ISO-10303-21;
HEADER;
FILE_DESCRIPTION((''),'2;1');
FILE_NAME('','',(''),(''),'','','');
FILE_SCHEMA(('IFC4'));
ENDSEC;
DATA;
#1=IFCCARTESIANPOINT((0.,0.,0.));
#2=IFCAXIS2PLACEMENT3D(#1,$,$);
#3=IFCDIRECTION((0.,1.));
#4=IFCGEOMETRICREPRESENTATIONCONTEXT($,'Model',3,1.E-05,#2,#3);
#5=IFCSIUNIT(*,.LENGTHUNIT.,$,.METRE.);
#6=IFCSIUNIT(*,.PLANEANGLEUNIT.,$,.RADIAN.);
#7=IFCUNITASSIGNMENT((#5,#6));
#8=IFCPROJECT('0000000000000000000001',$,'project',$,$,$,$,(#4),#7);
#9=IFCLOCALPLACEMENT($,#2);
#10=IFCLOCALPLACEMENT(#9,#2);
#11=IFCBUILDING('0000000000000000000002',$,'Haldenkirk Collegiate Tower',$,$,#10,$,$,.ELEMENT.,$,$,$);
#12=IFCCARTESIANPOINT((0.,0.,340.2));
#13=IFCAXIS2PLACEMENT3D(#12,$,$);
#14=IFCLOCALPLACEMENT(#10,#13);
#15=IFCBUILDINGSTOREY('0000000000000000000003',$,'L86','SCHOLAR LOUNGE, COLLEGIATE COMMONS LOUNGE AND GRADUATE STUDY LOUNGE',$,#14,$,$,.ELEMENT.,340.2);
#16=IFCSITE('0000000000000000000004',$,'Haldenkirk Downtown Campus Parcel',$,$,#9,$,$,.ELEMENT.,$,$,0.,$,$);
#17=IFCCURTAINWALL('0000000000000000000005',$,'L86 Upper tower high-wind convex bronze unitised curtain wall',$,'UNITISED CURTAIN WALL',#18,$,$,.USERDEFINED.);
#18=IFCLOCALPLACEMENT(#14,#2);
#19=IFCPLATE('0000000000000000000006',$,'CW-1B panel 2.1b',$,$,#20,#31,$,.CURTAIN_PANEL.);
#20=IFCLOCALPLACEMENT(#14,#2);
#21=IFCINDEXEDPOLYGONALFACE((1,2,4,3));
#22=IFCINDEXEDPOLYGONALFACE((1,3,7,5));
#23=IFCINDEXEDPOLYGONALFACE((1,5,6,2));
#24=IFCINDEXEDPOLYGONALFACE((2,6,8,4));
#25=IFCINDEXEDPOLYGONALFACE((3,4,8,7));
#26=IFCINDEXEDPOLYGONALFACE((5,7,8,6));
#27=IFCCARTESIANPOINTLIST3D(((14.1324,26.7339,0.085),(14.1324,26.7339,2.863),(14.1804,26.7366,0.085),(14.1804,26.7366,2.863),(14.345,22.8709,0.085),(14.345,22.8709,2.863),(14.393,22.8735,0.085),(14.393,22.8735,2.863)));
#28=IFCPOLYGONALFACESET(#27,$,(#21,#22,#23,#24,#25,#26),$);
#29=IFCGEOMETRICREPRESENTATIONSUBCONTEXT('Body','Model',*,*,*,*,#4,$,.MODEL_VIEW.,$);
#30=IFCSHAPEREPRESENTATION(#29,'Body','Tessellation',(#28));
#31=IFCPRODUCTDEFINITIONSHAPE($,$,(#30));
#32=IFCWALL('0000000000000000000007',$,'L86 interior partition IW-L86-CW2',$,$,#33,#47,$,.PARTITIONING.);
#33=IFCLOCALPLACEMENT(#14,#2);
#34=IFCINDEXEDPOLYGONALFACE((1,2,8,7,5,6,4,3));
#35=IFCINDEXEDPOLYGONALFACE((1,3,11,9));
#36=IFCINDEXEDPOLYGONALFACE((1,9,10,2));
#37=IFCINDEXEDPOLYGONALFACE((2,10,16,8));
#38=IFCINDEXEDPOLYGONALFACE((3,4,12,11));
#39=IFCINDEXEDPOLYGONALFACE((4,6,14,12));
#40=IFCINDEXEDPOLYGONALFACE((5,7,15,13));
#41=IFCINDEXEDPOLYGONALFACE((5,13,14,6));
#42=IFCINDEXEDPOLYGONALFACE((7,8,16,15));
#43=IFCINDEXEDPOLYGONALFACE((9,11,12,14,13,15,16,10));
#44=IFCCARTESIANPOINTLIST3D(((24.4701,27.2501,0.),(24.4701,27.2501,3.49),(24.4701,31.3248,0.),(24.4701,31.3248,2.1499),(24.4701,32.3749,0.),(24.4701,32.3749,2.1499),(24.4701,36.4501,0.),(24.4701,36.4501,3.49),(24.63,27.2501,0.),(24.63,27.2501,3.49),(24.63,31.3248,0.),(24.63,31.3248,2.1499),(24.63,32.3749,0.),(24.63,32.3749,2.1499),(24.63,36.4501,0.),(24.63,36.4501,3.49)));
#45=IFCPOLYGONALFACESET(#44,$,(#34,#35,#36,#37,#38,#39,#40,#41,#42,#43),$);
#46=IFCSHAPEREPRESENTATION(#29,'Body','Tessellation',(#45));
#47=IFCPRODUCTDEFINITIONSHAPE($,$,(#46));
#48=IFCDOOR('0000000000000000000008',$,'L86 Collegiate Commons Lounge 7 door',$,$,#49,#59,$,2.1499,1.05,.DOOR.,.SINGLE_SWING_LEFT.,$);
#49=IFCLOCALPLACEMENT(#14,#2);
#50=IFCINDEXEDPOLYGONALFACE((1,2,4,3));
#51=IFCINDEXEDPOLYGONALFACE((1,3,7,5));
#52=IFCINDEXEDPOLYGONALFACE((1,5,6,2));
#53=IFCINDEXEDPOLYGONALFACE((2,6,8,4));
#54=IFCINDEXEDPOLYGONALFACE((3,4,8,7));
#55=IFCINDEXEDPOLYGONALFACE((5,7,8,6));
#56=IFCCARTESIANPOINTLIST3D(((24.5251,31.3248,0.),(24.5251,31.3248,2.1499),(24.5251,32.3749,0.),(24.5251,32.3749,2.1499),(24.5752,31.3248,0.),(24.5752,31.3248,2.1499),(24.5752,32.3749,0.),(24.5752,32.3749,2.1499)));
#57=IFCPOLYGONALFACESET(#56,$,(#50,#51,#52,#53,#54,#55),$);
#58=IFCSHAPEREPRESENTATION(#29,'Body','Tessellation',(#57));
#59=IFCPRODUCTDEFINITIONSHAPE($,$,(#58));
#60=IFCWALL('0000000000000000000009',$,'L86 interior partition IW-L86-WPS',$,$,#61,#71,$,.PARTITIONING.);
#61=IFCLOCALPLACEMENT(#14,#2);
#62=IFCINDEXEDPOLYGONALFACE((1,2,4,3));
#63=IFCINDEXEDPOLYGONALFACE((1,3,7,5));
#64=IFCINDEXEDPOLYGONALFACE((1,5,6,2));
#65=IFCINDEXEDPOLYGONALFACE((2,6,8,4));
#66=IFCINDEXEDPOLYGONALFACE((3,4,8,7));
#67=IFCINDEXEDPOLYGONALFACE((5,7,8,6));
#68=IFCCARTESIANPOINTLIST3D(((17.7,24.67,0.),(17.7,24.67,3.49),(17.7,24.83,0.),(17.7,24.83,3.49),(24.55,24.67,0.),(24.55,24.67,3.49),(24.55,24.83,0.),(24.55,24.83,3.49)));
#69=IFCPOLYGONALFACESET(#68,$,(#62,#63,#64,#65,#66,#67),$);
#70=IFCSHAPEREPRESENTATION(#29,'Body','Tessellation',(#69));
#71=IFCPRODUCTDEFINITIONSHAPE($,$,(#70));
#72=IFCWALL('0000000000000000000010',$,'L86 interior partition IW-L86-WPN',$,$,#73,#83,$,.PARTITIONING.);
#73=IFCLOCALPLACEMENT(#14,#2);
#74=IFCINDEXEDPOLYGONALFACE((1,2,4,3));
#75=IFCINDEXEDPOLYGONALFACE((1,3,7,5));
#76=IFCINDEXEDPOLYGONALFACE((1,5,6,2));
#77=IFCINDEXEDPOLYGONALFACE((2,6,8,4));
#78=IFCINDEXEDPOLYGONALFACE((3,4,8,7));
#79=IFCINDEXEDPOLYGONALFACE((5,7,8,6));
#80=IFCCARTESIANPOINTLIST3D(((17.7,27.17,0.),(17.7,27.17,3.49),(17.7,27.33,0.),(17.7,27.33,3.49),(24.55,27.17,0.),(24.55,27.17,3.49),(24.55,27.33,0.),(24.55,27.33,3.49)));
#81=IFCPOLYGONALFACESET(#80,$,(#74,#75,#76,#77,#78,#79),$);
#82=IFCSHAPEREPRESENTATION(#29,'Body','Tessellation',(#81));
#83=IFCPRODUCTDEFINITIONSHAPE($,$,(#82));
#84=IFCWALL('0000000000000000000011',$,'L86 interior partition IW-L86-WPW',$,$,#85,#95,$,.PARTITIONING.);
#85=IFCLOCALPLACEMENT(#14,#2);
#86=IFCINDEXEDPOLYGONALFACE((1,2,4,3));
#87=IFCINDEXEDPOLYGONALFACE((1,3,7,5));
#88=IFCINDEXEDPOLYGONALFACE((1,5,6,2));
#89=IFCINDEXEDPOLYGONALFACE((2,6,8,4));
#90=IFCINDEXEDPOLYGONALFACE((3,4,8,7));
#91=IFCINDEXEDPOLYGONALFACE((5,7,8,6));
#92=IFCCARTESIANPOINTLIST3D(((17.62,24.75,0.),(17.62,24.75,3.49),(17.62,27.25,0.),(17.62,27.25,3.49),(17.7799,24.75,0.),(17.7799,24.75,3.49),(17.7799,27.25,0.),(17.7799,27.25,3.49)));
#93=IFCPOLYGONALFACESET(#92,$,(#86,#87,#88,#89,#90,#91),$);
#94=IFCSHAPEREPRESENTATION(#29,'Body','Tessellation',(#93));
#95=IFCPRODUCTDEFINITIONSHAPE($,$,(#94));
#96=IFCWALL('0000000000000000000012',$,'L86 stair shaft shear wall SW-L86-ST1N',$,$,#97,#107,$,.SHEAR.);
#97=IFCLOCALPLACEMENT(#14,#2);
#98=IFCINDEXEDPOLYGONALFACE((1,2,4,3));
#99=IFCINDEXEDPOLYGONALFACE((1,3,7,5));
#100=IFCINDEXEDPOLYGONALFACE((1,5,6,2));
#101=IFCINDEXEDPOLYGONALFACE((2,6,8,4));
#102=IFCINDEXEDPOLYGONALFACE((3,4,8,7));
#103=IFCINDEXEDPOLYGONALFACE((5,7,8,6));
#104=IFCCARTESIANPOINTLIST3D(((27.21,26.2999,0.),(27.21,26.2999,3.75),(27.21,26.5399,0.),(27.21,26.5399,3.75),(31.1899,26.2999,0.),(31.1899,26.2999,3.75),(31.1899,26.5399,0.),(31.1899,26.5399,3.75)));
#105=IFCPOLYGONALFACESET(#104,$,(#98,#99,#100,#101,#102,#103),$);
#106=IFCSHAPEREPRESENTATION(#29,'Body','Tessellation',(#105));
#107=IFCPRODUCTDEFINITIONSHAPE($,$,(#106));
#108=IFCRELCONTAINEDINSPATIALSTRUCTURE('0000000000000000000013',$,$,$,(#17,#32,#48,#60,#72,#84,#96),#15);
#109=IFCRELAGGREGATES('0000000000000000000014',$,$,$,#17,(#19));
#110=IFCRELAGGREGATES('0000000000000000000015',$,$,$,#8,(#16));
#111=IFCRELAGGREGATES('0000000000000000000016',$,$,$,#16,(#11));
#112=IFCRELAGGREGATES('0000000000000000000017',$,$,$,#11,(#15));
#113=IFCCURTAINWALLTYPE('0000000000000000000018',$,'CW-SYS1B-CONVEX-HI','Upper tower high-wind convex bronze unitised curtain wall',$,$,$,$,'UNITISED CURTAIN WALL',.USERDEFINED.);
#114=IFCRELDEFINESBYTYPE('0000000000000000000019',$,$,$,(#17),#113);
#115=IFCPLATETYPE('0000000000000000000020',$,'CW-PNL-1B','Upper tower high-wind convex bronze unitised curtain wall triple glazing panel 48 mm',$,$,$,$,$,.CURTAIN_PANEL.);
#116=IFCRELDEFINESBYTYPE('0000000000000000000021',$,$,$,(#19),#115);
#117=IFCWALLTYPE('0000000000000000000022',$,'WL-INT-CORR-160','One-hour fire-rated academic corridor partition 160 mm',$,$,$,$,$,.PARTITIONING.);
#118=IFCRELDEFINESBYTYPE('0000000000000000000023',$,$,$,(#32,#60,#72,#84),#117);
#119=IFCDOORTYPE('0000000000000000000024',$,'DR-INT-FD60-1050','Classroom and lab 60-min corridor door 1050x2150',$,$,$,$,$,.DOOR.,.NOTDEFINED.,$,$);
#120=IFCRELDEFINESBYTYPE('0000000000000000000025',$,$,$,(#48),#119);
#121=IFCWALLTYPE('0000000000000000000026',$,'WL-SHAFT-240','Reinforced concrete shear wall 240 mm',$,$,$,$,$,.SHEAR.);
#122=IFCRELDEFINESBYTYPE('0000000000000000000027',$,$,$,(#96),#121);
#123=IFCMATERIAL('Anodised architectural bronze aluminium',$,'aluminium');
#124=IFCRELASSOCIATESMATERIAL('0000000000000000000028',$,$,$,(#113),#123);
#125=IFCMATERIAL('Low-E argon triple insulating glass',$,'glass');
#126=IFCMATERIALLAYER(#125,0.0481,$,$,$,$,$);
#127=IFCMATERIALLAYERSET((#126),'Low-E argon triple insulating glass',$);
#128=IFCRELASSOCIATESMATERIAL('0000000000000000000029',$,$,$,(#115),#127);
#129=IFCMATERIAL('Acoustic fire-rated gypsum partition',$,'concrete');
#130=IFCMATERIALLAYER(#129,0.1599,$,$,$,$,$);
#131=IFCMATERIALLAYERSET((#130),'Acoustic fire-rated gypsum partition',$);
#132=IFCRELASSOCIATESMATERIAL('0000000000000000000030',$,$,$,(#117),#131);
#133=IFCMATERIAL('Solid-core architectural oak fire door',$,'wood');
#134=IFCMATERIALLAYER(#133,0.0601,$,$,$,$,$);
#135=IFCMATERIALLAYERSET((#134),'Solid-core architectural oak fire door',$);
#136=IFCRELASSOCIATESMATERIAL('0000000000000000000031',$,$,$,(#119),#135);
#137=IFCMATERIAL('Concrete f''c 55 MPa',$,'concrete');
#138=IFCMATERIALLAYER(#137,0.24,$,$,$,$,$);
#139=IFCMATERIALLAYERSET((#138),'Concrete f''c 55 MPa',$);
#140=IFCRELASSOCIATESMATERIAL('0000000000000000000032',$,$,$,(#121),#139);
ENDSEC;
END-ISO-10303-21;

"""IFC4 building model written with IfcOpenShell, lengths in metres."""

from ifc_helpers import new_model, si_unit, direction, frame, frame_2d, origin, origin_2d, place, context, subcontext, project, spatial, rectangle, extrude, source, transform, mapped, material, layer, layer_set, type_object, element, fill, aggregate, save


model = new_model("IFC4")

# Units and contexts
model_context = context("Model", 3, precision=1e-05, world=origin(), true_north=direction((0.0, 1.0)))
body_context = subcontext(model_context, "Body", "Model", "MODEL_VIEW")
ifc_project = project(units=[si_unit("LENGTHUNIT", "METRE"), si_unit("PLANEANGLEUNIT", "RADIAN")], contexts=[model_context])

# Site, building, storey
site_placement = place(None, origin())
site = spatial("IfcSite", under=ifc_project, at=site_placement, Name="Haldenkirk Downtown Campus Parcel", CompositionType="ELEMENT", RefElevation=0.0)
building_placement = place(site_placement, origin())
building = spatial("IfcBuilding", under=site, at=building_placement, Name="Haldenkirk Collegiate Tower", CompositionType="ELEMENT")
storey_placement = place(building_placement, frame((0.0, 0.0, 340.2)))
storey = spatial("IfcBuildingStorey", under=building, at=storey_placement, Name="L86", Description="SCHOLAR LOUNGE, COLLEGIATE COMMONS LOUNGE AND GRADUATE STUDY LOUNGE", CompositionType="ELEMENT", Elevation=340.2)

# Curtain wall, plate
ifc_material_1 = material(Name="Anodised architectural bronze aluminium", Category="aluminium")
curtain_wall_type = type_object("IfcCurtainWallType", Name="CW-SYS1B-CONVEX-HI", Description="Upper tower high-wind convex bronze unitised curtain wall", ElementType="UNITISED CURTAIN WALL", PredefinedType="USERDEFINED", material=ifc_material_1)
curtain_wall_placement = place(storey_placement, origin())
curtain_wall = element("IfcCurtainWall", 1, at=curtain_wall_placement, inside=storey, type_object=curtain_wall_type, Name="L86 Upper tower high-wind convex bronze unitised curtain wall", ObjectType="UNITISED CURTAIN WALL", PredefinedType="USERDEFINED")
ifc_material_2 = material(Name="Low-E argon triple insulating glass", Category="glass")
ifc_layer_1 = layer(ifc_material_2, 0.0481)
ifc_layer_set_1 = layer_set([ifc_layer_1], Name="Low-E argon triple insulating glass")
plate_type_1 = type_object("IfcPlateType", Name="CW-PNL-1B", Description="Upper tower high-wind convex bronze unitised curtain wall triple glazing panel 48 mm", PredefinedType="CURTAIN_PANEL", material=ifc_layer_set_1)
shared_shape_1 = source(origin(), body_context, "Body", "SweptSolid", [
    extrude(rectangle(XDim=3.8689, YDim=0.0481, at=origin_2d()), origin(), (0.0, 0.0, 1.0), 2.7781),
])
plate_1_placement = place(storey_placement, frame((14.2627, 24.8037, 0.085), z_axis=(0.0, 0.0, 1.0), x_axis=(-0.054949, 0.998489, 0.0)))
plate_1 = element("IfcPlate", 2, at=plate_1_placement, type_object=plate_type_1, Name="CW-1B panel 2.1b", PredefinedType="CURTAIN_PANEL", context=body_context, shape_type="MappedRepresentation", body=[
    mapped(shared_shape_1, transform((0.0, 0.0, 0.0), x_axis=(1.0, 0.0, 0.0), y_axis=(0.0, 1.0, 0.0), z_axis=(0.0, 0.0, 1.0), scale=1.0)),
])
aggregate(curtain_wall, [plate_1])

# Shared definitions
ifc_material_3 = material(Name="Acoustic fire-rated gypsum partition", Category="concrete")
ifc_layer_2 = layer(ifc_material_3, 0.1599)
ifc_layer_set_2 = layer_set([ifc_layer_2], Name="Acoustic fire-rated gypsum partition")
wall_type_1 = type_object("IfcWallType", Name="WL-INT-CORR-160", Description="One-hour fire-rated academic corridor partition 160 mm", PredefinedType="PARTITIONING", material=ifc_layer_set_2)
ifc_material_4 = material(Name="Solid-core architectural oak fire door", Category="wood")

# Wall, opening, door
wall_1_placement = place(storey_placement, frame((24.55, 27.25, 0.0), z_axis=(0.0, 0.0, 1.0), x_axis=(0.0, 1.0, 0.0)))
wall_1 = element("IfcWall", 3, at=wall_1_placement, inside=storey, type_object=wall_type_1, Name="L86 interior partition IW-L86-CW2", PredefinedType="PARTITIONING", context=body_context, shape_type="SweptSolid", body=[
    extrude(rectangle(XDim=9.2, YDim=0.1599, at=frame_2d((4.6001, 0.0))), origin(), (0.0, 0.0, 1.0), 3.49),
])
opening_1_placement = place(wall_1_placement, frame((4.075, 0.0, 0.0)))
opening_1 = element("IfcOpeningElement", 4, at=opening_1_placement, cuts=wall_1, PredefinedType="OPENING", context=body_context, shape_type="SweptSolid", body=[
    extrude(rectangle(XDim=1.05, YDim=2.1499, at=frame_2d((0.5249, 1.075))), frame((0.0, 0.0898, 0.0), z_axis=(0.0, -1.0, 0.0), x_axis=(1.0, 0.0, 0.0)), (0.0, 0.0, 1.0), 0.1799),
])
ifc_layer_3 = layer(ifc_material_4, 0.0601)
ifc_layer_set_3 = layer_set([ifc_layer_3], Name="Solid-core architectural oak fire door")
door_type_1 = type_object("IfcDoorType", Name="DR-INT-FD60-1050", Description="Classroom and lab 60-min corridor door 1050x2150", OperationType="NOTDEFINED", PredefinedType="DOOR", material=ifc_layer_set_3)
door_1_placement = place(opening_1_placement, origin())
door_1 = element("IfcDoor", 5, at=door_1_placement, inside=storey, type_object=door_type_1, Name="L86 Collegiate Commons Lounge 7 door", OperationType="SINGLE_SWING_LEFT", OverallHeight=2.1499, OverallWidth=1.05, PredefinedType="DOOR", context=body_context, shape_type="SweptSolid", body=[
    extrude(rectangle(XDim=1.05, YDim=2.1499, at=frame_2d((0.5249, 1.075))), frame((0.0, 0.0249, 0.0), z_axis=(0.0, -1.0, 0.0), x_axis=(1.0, 0.0, 0.0)), (0.0, 0.0, 1.0), 0.05),
])
fill(opening_1, door_1)

# Walls
for number, where, z_axis, x_axis, name in (
    (6, (17.7, 24.75, 0.0), (0.0, 0.0, 1.0), (1.0, 0.0, 0.0), "L86 interior partition IW-L86-WPS"),
    (7, (17.7, 27.25, 0.0), (0.0, 0.0, 1.0), (1.0, 0.0, 0.0), "L86 interior partition IW-L86-WPN"),
):
    element("IfcWall", number, at=place(storey_placement, frame(where, z_axis=z_axis, x_axis=x_axis)), inside=storey, type_object=wall_type_1, Name=name, PredefinedType="PARTITIONING", context=body_context, shape_type="SweptSolid", body=[
        extrude(rectangle(XDim=6.8501, YDim=0.1599, at=frame_2d((3.425, 0.0))), origin(), (0.0, 0.0, 1.0), 3.49),
    ])
wall_2_placement = place(storey_placement, frame((17.7, 24.75, 0.0), z_axis=(0.0, 0.0, 1.0), x_axis=(0.0, 1.0, 0.0)))
element("IfcWall", 8, at=wall_2_placement, inside=storey, type_object=wall_type_1, Name="L86 interior partition IW-L86-WPW", PredefinedType="PARTITIONING", context=body_context, shape_type="SweptSolid", body=[
    extrude(rectangle(XDim=2.5, YDim=0.1599, at=frame_2d((1.25, 0.0))), origin(), (0.0, 0.0, 1.0), 3.49),
])
ifc_material_5 = material(Name="Concrete f'c 55 MPa", Category="concrete")
ifc_layer_4 = layer(ifc_material_5, 0.24)
ifc_layer_set_4 = layer_set([ifc_layer_4], Name="Concrete f'c 55 MPa")
wall_type_2 = type_object("IfcWallType", Name="WL-SHAFT-240", Description="Reinforced concrete shear wall 240 mm", PredefinedType="SHEAR", material=ifc_layer_set_4)
wall_3_placement = place(storey_placement, frame((27.21, 26.4199, 0.0), z_axis=(0.0, 0.0, 1.0), x_axis=(1.0, 0.0, 0.0)))
element("IfcWall", 9, at=wall_3_placement, inside=storey, type_object=wall_type_2, Name="L86 stair shaft shear wall SW-L86-ST1N", PredefinedType="SHEAR", context=body_context, shape_type="SweptSolid", body=[
    extrude(rectangle(XDim=3.98, YDim=0.24, at=frame_2d((1.99, 0.0))), origin(), (0.0, 0.0, 1.0), 3.75),
])

save(model, "model.ifc")
